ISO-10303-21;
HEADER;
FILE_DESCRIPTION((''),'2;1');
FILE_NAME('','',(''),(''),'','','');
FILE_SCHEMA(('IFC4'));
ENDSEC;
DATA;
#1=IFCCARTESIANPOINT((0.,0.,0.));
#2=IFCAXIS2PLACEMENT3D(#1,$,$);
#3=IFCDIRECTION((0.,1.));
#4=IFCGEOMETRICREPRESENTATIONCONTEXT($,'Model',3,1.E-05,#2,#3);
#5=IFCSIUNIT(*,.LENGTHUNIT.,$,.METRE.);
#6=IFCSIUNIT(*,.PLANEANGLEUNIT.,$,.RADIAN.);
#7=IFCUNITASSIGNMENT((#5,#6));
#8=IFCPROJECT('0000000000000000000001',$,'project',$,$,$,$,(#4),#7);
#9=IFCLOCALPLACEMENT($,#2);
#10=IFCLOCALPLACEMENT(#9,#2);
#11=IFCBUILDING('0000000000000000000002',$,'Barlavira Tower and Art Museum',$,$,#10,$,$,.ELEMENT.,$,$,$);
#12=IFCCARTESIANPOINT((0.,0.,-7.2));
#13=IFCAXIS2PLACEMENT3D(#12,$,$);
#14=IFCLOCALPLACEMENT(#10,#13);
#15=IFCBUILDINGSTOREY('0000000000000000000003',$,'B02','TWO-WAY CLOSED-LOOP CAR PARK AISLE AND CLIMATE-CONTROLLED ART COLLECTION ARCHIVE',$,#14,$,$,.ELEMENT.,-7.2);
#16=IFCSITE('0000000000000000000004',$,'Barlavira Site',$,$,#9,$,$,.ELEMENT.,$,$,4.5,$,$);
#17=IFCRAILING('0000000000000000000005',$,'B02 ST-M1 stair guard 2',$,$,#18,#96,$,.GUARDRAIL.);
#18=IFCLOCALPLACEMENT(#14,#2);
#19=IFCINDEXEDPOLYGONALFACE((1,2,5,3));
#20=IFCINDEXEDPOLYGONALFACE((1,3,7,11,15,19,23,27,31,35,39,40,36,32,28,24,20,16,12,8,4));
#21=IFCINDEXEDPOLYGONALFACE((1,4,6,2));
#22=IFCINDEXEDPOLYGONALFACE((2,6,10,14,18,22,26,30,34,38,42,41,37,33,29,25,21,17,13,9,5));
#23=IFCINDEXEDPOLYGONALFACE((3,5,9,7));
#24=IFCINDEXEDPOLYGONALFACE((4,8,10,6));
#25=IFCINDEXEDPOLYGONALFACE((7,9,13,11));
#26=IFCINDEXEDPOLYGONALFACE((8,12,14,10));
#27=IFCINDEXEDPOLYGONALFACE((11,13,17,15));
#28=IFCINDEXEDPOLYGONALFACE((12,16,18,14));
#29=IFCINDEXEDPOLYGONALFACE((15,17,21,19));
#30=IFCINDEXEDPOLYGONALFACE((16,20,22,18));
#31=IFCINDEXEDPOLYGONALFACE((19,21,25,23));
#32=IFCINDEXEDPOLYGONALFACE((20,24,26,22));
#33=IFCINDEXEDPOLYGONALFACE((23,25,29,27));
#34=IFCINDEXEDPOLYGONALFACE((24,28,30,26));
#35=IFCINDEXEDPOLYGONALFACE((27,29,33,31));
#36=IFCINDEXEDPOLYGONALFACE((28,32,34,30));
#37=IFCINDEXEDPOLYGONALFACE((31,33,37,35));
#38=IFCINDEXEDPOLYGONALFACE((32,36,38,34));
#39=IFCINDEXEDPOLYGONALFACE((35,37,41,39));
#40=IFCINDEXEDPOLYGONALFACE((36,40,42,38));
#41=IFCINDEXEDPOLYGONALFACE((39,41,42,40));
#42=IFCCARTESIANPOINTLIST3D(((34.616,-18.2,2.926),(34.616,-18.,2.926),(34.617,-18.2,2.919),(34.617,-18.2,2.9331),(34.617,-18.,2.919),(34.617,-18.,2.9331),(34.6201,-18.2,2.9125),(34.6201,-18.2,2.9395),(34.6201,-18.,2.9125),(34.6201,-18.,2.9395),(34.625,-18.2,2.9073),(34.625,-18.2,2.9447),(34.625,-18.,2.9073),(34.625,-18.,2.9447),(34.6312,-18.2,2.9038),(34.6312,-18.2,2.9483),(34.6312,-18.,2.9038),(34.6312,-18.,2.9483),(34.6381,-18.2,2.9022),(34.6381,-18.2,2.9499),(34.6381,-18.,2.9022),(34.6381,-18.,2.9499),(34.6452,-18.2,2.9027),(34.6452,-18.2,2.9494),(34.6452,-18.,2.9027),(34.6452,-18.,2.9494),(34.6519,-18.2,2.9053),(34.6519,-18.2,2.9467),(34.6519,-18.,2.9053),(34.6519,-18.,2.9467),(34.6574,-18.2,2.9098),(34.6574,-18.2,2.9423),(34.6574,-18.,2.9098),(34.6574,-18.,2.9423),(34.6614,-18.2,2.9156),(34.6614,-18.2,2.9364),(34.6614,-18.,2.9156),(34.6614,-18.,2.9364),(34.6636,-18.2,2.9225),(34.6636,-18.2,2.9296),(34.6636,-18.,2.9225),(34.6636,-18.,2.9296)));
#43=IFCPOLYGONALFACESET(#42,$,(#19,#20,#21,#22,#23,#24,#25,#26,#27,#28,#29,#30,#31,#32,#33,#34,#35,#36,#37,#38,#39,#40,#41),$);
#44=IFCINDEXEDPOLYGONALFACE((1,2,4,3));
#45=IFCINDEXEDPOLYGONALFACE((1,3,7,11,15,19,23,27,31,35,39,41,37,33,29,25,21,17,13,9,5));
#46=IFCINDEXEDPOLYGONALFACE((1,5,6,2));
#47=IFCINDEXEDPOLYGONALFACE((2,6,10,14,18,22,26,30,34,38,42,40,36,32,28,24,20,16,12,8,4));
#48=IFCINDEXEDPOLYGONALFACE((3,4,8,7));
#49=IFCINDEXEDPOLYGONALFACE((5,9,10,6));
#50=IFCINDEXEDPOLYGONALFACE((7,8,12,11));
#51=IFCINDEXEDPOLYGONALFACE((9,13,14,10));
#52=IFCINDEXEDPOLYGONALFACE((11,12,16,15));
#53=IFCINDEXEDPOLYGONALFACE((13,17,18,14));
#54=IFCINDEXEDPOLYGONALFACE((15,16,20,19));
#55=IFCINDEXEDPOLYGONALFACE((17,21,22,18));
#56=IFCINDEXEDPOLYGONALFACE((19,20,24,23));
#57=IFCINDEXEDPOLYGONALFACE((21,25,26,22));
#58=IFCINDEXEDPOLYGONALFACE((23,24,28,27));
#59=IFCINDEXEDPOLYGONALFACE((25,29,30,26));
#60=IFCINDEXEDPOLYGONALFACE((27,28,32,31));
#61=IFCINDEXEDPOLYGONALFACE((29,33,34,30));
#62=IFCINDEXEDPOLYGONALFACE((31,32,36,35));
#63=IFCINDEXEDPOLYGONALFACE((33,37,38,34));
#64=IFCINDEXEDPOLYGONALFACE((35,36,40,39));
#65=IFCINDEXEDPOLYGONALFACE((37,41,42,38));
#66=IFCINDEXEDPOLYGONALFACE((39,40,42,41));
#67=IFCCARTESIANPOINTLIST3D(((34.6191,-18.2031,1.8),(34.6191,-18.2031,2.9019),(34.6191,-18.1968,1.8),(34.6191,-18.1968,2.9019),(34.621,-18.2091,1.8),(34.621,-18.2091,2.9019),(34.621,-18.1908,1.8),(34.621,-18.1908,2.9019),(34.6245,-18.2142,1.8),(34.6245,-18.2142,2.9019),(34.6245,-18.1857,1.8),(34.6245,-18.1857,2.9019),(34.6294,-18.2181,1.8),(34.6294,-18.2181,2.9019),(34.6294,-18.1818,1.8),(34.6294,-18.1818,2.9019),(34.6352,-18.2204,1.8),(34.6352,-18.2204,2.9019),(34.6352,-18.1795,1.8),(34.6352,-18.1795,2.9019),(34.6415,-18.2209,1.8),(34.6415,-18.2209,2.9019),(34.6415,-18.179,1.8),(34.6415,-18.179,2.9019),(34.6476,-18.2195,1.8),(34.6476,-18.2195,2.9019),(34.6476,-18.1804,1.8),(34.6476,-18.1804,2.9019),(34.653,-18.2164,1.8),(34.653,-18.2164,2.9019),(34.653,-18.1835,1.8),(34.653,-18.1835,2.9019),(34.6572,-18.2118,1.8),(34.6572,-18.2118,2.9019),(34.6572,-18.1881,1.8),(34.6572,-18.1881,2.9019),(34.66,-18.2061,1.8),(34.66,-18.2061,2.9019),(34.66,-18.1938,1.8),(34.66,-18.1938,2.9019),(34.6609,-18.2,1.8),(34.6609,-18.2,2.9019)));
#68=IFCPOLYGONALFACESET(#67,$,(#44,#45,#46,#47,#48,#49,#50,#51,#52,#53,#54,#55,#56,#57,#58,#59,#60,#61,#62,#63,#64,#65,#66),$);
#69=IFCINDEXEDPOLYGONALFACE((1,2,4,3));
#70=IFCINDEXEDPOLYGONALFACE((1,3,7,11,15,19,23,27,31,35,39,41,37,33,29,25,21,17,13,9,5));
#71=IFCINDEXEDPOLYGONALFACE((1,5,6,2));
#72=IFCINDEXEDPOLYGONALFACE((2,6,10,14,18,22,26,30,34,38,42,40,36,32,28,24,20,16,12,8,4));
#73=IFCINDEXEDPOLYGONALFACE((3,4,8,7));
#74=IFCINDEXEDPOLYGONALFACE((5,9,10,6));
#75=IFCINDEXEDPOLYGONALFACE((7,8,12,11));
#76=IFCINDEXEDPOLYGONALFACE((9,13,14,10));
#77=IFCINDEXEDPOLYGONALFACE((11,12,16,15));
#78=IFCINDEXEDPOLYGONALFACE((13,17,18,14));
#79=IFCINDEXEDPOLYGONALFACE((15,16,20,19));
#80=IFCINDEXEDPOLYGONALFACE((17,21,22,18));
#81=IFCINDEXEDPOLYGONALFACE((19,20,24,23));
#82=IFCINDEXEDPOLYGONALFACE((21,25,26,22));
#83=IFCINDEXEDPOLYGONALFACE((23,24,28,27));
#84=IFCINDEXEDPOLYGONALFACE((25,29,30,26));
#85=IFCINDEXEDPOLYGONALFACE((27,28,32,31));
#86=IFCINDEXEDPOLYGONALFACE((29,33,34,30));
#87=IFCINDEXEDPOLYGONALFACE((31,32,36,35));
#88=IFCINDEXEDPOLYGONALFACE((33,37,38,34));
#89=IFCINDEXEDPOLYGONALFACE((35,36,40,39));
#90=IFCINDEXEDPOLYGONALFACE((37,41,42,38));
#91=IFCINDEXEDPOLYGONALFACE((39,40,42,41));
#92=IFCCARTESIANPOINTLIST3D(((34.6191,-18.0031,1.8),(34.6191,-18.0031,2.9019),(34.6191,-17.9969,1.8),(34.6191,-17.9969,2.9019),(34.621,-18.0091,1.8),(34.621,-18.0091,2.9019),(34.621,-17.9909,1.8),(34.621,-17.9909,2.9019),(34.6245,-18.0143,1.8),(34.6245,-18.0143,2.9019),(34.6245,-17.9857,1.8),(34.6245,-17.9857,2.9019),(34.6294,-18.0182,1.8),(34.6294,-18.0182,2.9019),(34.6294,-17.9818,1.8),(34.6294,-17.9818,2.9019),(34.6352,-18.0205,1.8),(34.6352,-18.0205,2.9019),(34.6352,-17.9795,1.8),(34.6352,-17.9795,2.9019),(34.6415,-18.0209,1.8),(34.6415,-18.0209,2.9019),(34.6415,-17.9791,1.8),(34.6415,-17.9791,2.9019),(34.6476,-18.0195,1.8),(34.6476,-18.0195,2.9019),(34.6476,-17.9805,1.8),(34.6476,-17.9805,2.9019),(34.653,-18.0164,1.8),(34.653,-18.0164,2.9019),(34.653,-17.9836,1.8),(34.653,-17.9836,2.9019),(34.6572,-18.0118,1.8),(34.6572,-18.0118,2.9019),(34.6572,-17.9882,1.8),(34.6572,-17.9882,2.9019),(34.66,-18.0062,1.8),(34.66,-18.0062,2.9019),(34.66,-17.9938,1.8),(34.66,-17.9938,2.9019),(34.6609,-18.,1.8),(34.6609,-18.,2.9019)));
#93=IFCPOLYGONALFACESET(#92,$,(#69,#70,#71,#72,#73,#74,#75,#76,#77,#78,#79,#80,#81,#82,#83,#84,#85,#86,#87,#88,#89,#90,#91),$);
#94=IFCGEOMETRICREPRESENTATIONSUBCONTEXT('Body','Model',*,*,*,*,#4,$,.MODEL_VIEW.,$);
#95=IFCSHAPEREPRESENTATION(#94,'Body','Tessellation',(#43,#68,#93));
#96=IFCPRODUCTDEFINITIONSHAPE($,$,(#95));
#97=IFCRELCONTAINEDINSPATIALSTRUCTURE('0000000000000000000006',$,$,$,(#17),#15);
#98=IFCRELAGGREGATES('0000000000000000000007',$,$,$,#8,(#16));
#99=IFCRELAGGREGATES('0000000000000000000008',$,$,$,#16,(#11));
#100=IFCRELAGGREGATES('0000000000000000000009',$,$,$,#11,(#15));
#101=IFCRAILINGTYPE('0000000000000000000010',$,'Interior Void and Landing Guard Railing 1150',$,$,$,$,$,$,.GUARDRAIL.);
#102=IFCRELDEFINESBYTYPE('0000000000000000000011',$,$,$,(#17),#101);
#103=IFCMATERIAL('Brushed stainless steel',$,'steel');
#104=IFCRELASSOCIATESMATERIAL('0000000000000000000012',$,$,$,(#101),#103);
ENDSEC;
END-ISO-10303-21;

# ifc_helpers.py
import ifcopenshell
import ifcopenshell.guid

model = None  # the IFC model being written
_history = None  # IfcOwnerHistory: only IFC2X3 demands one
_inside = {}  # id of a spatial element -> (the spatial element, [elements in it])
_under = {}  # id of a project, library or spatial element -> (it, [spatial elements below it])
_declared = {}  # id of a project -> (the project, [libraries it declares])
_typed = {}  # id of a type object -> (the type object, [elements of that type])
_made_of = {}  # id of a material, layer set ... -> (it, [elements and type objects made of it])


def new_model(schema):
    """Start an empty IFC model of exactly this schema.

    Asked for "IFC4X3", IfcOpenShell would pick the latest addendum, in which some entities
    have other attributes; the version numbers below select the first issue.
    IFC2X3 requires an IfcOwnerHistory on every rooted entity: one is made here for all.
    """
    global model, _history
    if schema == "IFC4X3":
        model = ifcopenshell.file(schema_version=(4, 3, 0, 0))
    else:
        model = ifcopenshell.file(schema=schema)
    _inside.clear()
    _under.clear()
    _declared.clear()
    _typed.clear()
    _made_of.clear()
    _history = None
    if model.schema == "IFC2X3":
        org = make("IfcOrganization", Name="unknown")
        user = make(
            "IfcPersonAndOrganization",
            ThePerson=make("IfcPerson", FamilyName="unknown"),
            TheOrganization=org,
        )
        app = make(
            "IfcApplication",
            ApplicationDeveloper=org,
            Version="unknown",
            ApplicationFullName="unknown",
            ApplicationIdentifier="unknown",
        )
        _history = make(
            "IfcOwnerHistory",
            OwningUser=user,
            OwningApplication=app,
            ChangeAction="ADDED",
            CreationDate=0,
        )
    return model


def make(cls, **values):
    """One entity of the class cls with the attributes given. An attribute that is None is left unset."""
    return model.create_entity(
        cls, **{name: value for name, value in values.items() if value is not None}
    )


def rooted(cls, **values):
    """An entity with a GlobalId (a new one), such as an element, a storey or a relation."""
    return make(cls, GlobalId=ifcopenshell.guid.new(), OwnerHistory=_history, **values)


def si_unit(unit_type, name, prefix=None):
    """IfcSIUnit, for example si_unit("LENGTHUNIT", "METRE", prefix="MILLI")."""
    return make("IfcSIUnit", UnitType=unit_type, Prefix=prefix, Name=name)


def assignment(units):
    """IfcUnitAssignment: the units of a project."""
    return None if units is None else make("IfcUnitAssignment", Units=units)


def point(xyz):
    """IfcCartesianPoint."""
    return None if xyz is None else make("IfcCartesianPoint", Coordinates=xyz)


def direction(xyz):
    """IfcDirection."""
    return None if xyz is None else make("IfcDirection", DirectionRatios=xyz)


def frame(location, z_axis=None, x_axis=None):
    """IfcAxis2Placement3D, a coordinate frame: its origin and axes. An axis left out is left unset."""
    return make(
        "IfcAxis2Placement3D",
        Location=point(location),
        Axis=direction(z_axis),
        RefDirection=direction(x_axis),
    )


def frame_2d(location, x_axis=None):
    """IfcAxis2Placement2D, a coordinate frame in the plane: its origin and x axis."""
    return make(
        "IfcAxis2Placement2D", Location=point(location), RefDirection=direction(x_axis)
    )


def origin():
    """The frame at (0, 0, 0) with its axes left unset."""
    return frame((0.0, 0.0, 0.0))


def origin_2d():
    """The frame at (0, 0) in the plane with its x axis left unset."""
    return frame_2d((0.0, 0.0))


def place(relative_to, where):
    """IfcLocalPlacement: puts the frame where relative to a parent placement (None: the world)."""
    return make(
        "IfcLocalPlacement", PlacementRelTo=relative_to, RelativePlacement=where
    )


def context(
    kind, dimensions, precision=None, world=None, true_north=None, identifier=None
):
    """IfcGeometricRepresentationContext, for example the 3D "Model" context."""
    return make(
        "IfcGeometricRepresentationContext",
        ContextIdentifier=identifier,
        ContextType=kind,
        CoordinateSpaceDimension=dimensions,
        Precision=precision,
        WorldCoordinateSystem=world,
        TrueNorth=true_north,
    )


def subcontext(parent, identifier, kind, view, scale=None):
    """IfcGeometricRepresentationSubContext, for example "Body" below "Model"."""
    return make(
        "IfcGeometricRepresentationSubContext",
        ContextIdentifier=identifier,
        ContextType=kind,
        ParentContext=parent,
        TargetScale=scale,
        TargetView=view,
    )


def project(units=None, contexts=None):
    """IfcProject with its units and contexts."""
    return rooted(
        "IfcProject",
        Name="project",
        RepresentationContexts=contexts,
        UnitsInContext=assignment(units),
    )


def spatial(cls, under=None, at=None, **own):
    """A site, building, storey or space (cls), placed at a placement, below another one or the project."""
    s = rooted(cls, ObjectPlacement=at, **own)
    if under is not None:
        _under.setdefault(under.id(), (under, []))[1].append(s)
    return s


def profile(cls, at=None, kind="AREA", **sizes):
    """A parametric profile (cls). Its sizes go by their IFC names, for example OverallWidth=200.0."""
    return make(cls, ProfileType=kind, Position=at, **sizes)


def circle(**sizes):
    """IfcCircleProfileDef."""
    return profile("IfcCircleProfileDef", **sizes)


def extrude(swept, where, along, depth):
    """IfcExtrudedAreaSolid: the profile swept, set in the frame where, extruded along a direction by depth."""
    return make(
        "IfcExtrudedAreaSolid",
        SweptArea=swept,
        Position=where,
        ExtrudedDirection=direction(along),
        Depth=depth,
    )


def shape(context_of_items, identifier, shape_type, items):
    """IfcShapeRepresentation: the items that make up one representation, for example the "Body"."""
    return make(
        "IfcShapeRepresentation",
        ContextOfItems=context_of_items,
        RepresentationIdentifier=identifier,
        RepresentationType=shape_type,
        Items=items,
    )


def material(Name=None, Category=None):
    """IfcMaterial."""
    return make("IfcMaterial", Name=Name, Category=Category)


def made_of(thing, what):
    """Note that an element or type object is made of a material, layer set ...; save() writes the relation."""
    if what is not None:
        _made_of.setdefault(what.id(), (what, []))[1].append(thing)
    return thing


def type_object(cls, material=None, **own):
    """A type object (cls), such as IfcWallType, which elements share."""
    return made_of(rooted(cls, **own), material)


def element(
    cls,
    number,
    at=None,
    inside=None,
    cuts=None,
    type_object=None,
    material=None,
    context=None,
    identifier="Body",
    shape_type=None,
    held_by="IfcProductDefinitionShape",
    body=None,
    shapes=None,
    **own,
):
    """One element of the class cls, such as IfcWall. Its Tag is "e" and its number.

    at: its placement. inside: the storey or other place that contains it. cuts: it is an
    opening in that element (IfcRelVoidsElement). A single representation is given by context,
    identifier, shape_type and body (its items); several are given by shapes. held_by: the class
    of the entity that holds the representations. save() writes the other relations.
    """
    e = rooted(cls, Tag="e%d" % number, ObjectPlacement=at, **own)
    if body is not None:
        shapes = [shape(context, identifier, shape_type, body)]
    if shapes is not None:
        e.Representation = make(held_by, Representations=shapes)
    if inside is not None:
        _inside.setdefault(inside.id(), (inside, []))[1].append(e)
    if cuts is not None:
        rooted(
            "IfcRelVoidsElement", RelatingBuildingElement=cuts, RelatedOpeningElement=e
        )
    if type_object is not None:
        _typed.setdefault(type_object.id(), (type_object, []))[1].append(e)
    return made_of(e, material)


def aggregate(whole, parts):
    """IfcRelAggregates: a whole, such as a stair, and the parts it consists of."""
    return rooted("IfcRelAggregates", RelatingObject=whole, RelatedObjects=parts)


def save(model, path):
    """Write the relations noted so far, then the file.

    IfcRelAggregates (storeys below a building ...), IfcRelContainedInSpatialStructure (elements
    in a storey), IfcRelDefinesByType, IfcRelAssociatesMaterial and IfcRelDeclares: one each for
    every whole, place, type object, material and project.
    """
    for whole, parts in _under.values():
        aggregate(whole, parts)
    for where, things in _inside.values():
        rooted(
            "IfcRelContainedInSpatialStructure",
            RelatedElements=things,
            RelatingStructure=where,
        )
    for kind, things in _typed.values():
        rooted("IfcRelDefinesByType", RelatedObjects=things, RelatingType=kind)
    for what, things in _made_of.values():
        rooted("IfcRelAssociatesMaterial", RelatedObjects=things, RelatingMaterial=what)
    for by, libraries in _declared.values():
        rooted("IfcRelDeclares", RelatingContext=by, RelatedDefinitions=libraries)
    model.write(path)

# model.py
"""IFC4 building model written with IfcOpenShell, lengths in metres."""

from ifc_helpers import new_model, si_unit, direction, frame, origin, origin_2d, place, context, subcontext, project, spatial, circle, extrude, material, type_object, element, save


model = new_model("IFC4")

# Units and contexts
model_context = context("Model", 3, precision=1e-05, world=origin(), true_north=direction((0.0, 1.0)))
body_context = subcontext(model_context, "Body", "Model", "MODEL_VIEW")
ifc_project = project(units=[si_unit("LENGTHUNIT", "METRE"), si_unit("PLANEANGLEUNIT", "RADIAN")], contexts=[model_context])

# Site, building, storey
site_placement = place(None, origin())
site = spatial("IfcSite", under=ifc_project, at=site_placement, Name="Barlavira Site", CompositionType="ELEMENT", RefElevation=4.5)
building_placement = place(site_placement, origin())
building = spatial("IfcBuilding", under=site, at=building_placement, Name="Barlavira Tower and Art Museum", CompositionType="ELEMENT")
storey_placement = place(building_placement, frame((0.0, 0.0, -7.2)))
storey = spatial("IfcBuildingStorey", under=building, at=storey_placement, Name="B02", Description="TWO-WAY CLOSED-LOOP CAR PARK AISLE AND CLIMATE-CONTROLLED ART COLLECTION ARCHIVE", CompositionType="ELEMENT", Elevation=-7.2)

# Shared definitions
ifc_material_1 = material(Name="Brushed stainless steel", Category="steel")

# Railing
railing_type_1 = type_object("IfcRailingType", Name="Interior Void and Landing Guard Railing 1150", PredefinedType="GUARDRAIL", material=ifc_material_1)
railing_1_placement = place(storey_placement, frame((34.6399, -18.2, 1.8)))
element("IfcRailing", 1, at=railing_1_placement, inside=storey, type_object=railing_type_1, Name="B02 ST-M1 stair guard 2", PredefinedType="GUARDRAIL", context=body_context, shape_type="SweptSolid", body=[
    extrude(circle(Radius=0.0239, at=origin_2d()), frame((0.0, 0.0, 1.126), z_axis=(0.0, 1.0, 0.0), x_axis=(-1.0, 0.0, 0.0)), (0.0, 0.0, 1.0), 0.2),
    extrude(circle(Radius=0.021, at=origin_2d()), origin(), (0.0, 0.0, 1.0), 1.1018),
    extrude(circle(Radius=0.021, at=origin_2d()), frame((0.0, 0.2, 0.0)), (0.0, 0.0, 1.0), 1.1018),
])

save(model, "model.ifc")
